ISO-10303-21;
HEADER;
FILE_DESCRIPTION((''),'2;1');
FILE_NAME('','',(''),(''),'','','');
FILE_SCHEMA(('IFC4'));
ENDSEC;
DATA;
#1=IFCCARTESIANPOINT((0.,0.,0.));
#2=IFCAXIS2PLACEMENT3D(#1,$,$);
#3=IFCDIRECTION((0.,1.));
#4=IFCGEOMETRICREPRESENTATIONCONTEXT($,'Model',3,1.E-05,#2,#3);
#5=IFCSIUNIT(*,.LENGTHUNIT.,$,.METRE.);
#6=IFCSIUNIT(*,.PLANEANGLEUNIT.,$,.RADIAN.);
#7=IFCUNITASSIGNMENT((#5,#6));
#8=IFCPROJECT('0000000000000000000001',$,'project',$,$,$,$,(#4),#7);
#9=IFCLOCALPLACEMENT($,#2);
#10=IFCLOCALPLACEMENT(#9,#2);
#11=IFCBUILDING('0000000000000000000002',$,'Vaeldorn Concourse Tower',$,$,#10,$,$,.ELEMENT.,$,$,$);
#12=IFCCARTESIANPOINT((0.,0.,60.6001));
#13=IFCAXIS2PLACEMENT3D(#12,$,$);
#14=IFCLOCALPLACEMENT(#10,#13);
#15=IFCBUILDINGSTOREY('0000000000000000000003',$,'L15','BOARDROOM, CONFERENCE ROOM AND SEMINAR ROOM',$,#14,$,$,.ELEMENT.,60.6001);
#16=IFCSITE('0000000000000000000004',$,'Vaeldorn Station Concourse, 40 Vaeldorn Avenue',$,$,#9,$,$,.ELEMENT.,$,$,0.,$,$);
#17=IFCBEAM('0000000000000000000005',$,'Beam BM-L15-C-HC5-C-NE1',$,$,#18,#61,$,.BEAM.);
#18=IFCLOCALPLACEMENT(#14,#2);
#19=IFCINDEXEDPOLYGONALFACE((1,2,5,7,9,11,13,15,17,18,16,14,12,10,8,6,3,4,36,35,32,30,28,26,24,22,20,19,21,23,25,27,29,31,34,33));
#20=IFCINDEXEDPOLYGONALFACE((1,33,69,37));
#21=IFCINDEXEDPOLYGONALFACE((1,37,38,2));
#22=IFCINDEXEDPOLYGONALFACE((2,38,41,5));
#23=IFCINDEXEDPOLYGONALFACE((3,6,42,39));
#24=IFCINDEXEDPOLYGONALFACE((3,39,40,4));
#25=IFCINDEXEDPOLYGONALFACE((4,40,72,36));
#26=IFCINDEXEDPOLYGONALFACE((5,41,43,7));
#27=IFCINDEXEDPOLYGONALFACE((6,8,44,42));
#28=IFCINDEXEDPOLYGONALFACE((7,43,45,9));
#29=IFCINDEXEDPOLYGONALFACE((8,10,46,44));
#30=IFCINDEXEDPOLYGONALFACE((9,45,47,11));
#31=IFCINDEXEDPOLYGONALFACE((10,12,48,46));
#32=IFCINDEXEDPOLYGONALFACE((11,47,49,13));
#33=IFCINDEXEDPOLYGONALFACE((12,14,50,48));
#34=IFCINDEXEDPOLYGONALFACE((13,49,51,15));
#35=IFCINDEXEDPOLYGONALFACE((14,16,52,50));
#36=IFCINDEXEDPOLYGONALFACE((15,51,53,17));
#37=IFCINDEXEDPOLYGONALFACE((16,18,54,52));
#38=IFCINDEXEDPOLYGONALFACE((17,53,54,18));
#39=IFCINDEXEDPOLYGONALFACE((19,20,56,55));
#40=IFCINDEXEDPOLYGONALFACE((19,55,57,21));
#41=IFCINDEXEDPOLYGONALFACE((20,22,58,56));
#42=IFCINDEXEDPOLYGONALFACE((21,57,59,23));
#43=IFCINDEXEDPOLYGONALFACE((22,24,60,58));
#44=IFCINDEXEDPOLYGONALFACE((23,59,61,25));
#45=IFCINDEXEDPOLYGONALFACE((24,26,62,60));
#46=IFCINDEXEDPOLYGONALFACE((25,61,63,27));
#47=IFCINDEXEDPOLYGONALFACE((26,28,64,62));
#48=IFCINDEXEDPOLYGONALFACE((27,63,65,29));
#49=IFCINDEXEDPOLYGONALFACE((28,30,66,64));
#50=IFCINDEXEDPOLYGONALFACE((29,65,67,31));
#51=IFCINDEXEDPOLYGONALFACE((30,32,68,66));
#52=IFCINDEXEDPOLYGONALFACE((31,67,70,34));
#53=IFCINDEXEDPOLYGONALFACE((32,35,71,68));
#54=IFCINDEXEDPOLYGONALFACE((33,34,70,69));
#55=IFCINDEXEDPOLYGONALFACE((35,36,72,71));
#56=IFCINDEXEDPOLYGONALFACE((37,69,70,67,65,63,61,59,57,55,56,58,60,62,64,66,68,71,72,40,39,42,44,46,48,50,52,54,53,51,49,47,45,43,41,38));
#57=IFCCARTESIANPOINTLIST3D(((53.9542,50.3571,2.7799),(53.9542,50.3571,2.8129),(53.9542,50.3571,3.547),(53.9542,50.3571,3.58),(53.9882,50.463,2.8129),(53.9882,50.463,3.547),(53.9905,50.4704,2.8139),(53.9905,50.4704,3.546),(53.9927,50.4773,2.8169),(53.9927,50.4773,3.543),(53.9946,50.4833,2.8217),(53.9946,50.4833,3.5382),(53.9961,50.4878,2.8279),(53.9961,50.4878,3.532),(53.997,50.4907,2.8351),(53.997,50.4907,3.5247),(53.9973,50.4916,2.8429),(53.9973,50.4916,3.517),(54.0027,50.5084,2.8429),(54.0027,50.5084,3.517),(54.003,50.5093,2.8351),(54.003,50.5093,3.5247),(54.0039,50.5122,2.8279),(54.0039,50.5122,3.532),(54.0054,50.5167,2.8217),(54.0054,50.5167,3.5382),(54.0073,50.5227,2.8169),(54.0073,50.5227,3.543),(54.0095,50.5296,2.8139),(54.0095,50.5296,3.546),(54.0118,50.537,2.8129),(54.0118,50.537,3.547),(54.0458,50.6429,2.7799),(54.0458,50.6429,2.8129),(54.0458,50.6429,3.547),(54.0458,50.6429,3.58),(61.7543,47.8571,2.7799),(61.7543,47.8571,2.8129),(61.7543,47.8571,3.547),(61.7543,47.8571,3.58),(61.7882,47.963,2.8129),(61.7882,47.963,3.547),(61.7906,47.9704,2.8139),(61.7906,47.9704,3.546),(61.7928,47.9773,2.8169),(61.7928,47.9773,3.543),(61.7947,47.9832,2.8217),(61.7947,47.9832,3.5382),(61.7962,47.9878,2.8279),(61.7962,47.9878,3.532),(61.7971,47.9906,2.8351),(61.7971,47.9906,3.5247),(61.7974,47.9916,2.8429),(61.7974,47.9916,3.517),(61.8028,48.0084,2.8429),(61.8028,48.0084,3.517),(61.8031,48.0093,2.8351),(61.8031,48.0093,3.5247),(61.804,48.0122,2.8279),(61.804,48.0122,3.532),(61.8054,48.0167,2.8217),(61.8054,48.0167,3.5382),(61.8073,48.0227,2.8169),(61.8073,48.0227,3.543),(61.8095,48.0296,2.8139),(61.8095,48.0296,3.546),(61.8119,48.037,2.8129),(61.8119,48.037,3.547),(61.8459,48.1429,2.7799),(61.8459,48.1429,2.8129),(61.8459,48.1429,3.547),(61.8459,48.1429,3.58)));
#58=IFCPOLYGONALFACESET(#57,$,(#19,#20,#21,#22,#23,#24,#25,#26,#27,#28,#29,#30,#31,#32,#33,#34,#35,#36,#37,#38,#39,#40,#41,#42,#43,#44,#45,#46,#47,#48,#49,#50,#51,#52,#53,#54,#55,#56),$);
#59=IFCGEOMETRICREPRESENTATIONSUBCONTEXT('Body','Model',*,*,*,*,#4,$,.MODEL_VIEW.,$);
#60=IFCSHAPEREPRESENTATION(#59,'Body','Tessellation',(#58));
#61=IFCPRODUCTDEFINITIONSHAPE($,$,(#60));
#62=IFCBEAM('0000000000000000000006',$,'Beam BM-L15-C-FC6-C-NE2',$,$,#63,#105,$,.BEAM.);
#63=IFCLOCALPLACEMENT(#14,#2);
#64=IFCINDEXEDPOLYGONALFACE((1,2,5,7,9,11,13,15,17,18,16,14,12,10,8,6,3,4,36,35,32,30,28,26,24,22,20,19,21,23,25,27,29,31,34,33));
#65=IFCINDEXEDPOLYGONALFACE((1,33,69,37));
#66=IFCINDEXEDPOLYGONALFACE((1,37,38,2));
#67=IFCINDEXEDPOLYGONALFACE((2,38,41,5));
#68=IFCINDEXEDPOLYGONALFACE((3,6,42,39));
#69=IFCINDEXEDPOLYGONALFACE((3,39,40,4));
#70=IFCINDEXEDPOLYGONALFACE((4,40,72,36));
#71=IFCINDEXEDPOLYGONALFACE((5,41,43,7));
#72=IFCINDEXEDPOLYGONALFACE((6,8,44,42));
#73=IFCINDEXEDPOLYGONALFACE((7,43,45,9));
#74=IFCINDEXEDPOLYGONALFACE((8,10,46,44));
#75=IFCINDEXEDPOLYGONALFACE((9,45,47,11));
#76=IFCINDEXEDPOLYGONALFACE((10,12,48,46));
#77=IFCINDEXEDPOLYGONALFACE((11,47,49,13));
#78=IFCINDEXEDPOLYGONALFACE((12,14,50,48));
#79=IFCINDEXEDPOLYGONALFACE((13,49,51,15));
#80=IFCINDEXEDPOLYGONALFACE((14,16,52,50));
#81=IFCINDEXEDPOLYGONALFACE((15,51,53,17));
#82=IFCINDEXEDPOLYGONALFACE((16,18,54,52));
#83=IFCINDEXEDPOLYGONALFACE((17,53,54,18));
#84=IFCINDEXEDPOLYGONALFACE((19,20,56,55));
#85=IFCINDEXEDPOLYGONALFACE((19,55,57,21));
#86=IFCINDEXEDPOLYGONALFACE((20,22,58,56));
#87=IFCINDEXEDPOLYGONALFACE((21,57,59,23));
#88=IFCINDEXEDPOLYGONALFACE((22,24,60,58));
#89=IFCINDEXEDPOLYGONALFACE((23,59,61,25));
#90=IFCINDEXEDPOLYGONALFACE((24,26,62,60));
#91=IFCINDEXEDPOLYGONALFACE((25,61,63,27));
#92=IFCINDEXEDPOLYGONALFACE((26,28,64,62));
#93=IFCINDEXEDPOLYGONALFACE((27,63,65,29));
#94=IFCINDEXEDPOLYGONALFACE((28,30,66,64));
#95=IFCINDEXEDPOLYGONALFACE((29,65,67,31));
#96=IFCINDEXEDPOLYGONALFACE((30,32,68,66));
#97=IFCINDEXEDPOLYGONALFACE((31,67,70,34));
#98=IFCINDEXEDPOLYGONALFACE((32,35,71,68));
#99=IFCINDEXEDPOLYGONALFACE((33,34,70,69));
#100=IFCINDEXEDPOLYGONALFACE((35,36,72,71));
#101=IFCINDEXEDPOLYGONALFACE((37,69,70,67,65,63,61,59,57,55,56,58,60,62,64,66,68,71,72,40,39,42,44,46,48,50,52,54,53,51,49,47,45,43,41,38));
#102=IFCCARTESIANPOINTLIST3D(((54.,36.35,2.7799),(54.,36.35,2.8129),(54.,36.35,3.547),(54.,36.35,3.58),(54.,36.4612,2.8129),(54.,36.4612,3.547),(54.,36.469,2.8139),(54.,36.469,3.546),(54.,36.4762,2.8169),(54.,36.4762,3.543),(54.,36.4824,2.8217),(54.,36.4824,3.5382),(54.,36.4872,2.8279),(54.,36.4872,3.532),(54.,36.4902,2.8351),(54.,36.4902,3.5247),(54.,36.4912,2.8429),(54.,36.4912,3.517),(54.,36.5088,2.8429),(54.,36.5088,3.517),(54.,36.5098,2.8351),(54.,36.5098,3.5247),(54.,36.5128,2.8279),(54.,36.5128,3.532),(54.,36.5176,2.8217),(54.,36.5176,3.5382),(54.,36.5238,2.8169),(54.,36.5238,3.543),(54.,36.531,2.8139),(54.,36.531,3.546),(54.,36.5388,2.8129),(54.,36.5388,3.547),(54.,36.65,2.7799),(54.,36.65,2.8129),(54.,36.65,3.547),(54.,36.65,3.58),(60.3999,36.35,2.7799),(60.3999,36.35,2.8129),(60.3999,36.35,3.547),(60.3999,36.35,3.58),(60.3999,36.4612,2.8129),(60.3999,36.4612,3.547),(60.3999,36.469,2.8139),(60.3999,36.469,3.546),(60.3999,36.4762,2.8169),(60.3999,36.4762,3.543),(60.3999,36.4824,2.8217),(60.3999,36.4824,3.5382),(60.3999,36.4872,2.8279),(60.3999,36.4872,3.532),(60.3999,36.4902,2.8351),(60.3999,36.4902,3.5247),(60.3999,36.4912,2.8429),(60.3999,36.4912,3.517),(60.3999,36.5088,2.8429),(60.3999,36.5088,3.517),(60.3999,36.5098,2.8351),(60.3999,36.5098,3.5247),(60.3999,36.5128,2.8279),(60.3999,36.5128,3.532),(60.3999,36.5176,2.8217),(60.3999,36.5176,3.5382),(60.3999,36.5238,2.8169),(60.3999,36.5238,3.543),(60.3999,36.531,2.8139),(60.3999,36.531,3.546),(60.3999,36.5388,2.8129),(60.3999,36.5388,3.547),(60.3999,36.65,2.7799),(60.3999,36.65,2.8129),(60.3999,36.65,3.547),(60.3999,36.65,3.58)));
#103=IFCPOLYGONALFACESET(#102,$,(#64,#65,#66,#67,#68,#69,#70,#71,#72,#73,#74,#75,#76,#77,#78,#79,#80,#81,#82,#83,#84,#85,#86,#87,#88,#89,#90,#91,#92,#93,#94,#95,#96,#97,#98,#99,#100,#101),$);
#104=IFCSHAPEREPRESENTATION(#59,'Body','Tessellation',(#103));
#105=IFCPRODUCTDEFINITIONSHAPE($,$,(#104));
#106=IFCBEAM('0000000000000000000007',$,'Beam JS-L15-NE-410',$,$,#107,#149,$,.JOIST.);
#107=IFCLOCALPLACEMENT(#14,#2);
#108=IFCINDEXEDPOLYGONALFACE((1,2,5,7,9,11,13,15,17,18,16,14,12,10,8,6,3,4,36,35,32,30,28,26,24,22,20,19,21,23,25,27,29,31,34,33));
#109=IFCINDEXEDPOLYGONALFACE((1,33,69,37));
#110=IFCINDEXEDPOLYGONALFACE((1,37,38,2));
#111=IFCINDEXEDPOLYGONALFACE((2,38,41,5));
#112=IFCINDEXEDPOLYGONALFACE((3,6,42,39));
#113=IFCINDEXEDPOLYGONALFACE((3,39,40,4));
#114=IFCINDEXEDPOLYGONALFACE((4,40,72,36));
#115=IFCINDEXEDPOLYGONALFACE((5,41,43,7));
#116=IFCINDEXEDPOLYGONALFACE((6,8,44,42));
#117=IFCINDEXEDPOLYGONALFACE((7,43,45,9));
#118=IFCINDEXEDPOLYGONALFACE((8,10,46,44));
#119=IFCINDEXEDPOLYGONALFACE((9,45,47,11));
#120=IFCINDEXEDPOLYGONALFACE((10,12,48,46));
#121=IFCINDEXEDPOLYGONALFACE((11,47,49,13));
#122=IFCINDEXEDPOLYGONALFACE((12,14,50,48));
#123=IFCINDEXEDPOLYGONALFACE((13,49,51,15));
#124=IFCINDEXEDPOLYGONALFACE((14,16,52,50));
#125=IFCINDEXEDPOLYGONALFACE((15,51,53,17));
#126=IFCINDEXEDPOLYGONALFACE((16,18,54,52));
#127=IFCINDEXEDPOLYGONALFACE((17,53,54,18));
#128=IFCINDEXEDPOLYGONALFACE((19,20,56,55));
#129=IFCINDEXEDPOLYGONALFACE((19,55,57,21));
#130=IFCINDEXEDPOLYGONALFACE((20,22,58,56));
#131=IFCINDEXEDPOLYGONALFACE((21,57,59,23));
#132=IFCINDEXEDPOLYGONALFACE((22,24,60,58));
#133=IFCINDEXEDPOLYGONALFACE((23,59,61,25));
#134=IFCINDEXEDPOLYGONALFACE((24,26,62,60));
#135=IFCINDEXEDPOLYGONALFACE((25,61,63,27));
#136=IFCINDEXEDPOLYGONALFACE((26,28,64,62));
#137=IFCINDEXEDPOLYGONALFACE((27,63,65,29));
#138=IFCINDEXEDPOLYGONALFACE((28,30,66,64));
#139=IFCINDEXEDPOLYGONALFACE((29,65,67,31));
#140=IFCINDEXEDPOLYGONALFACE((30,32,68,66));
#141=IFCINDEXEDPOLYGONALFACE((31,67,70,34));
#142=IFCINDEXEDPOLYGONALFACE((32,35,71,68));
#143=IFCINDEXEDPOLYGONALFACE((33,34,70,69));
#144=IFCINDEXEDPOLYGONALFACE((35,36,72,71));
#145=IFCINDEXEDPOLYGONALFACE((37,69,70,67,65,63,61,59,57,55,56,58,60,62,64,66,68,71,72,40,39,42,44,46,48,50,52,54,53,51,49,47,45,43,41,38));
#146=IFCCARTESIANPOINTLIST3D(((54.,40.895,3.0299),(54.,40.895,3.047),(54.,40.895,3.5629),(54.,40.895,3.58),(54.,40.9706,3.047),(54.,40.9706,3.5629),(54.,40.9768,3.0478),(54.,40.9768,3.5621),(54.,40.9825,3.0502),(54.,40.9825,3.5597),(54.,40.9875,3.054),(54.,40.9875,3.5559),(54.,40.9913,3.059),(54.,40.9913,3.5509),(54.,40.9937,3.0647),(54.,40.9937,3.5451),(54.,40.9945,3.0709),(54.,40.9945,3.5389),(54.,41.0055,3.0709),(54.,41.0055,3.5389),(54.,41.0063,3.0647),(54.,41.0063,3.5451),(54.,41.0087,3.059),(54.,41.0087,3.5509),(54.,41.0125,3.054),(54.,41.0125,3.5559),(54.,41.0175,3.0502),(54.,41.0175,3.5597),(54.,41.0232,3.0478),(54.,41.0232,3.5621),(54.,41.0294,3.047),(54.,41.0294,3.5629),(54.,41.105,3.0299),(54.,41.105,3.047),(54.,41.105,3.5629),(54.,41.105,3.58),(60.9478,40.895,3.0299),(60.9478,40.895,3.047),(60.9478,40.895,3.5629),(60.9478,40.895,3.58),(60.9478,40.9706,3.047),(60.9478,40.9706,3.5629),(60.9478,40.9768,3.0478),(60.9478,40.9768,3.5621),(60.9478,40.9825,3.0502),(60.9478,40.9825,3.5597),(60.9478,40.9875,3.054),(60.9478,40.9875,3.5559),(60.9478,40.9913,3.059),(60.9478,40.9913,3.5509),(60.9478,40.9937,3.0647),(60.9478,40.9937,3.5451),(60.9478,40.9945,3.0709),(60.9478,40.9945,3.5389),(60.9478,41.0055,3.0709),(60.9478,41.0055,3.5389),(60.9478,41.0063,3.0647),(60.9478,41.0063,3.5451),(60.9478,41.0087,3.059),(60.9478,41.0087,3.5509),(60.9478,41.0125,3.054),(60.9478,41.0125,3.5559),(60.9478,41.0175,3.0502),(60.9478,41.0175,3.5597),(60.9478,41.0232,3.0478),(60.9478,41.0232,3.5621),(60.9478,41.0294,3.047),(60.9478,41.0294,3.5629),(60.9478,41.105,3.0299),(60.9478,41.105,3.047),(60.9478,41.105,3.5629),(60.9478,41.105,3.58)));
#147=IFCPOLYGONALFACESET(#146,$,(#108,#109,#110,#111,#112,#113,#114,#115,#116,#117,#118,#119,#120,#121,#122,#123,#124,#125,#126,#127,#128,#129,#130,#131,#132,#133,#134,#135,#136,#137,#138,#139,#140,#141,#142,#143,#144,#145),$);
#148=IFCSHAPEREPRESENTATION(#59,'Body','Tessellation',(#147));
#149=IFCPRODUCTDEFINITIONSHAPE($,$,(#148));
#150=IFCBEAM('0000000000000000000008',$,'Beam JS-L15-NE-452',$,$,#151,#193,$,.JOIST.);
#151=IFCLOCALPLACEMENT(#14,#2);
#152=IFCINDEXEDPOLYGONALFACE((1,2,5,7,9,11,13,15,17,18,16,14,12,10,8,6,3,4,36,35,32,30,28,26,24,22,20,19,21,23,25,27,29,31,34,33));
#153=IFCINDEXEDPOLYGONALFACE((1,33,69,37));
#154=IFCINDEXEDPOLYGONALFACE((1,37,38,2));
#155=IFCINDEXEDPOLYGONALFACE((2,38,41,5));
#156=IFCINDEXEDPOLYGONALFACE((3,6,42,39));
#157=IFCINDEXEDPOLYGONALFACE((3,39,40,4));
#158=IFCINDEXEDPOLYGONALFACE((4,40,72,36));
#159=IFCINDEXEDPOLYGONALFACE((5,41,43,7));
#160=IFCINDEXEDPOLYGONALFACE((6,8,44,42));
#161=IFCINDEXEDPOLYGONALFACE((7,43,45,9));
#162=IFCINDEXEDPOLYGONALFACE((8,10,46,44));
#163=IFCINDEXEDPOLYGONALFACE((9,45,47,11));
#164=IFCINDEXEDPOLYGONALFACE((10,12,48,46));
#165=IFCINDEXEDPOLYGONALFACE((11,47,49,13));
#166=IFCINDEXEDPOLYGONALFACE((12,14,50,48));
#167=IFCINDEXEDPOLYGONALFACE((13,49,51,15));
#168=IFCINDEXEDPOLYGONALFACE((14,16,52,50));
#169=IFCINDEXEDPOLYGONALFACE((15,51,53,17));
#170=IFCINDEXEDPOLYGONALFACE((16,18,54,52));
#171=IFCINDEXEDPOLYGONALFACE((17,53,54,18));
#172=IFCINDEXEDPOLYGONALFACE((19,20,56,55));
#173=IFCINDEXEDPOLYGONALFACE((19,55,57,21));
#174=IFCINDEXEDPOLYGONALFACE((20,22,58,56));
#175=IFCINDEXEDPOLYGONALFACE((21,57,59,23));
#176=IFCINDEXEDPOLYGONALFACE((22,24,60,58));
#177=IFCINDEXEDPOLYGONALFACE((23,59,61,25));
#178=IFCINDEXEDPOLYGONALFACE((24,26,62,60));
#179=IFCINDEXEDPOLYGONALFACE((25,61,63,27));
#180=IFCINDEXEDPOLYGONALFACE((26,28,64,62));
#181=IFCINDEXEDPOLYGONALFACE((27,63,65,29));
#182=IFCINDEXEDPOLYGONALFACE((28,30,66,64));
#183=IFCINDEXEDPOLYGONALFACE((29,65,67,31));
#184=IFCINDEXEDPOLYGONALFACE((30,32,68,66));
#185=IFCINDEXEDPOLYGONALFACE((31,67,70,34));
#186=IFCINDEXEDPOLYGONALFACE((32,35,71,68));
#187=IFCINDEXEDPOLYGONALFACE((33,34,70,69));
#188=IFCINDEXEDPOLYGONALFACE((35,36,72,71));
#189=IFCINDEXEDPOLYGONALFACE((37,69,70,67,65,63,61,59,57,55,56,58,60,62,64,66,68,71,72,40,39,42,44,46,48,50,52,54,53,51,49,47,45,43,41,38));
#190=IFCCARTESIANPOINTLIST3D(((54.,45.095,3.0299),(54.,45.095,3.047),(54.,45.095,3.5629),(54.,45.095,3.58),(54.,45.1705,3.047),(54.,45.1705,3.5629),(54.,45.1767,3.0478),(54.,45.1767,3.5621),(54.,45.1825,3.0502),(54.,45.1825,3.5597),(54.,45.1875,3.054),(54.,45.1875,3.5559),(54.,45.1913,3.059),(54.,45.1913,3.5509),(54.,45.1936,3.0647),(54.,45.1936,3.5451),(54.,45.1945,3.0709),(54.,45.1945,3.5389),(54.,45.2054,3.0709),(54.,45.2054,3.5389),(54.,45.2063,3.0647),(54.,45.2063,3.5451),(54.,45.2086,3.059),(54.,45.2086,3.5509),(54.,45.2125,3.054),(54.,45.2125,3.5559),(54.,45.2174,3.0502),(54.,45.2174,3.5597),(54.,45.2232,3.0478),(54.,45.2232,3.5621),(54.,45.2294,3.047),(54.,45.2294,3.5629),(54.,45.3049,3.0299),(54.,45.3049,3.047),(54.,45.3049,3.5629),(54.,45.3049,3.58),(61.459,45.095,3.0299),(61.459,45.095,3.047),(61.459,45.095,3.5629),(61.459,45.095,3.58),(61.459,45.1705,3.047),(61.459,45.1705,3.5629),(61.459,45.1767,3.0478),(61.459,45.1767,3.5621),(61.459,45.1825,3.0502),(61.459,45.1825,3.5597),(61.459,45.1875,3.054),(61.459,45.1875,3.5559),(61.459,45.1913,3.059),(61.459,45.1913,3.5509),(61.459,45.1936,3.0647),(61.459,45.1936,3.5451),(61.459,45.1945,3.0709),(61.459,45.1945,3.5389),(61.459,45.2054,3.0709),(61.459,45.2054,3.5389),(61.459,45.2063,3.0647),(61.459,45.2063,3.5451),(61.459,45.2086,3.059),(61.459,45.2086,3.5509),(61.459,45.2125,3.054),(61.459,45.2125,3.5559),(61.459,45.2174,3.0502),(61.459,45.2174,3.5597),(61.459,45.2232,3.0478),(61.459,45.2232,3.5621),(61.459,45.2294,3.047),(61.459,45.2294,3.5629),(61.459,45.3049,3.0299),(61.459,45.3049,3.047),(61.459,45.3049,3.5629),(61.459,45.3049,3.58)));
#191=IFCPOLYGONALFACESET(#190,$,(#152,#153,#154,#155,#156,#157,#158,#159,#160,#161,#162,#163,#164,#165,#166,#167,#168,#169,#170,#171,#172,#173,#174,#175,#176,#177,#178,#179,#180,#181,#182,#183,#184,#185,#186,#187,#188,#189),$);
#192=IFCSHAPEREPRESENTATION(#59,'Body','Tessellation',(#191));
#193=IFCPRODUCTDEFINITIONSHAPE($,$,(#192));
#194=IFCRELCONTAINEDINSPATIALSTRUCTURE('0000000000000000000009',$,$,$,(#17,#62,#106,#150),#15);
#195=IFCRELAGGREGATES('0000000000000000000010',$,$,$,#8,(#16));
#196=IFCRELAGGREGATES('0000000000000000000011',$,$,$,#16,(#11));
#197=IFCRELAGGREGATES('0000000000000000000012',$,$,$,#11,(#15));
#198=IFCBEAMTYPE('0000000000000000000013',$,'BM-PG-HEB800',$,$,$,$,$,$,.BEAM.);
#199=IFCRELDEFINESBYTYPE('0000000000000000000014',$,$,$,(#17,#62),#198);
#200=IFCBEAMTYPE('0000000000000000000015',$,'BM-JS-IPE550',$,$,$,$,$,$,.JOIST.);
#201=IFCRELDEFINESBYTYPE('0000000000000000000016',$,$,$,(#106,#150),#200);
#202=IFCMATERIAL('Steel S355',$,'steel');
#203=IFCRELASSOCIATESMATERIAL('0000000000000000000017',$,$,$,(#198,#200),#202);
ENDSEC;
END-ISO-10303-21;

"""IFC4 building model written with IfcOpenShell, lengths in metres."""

from ifc_helpers import new_model, si_unit, direction, frame, origin, origin_2d, place, context, subcontext, project, spatial, i_section, extrude, source, transform, mapped, material, material_profile, profile_set, type_object, element, save


model = new_model("IFC4")

# Units and contexts
model_context = context("Model", 3, precision=1e-05, world=origin(), true_north=direction((0.0, 1.0)))
body_context = subcontext(model_context, "Body", "Model", "MODEL_VIEW")
ifc_project = project(units=[si_unit("LENGTHUNIT", "METRE"), si_unit("PLANEANGLEUNIT", "RADIAN")], contexts=[model_context])

# Site, building, storey
site_placement = place(None, origin())
site = spatial("IfcSite", under=ifc_project, at=site_placement, Name="Vaeldorn Station Concourse, 40 Vaeldorn Avenue", CompositionType="ELEMENT", RefElevation=0.0)
building_placement = place(site_placement, origin())
building = spatial("IfcBuilding", under=site, at=building_placement, Name="Vaeldorn Concourse Tower", CompositionType="ELEMENT")
storey_placement = place(building_placement, frame((0.0, 0.0, 60.6001)))
storey = spatial("IfcBuildingStorey", under=building, at=storey_placement, Name="L15", Description="BOARDROOM, CONFERENCE ROOM AND SEMINAR ROOM", CompositionType="ELEMENT", Elevation=60.6001)

# Beams
ifc_material_1 = material(Name="Steel S355", Category="steel")
ifc_material_profile_1 = material_profile(ifc_material_1, i_section(OverallWidth=0.3, OverallDepth=0.8, WebThickness=0.0176, FlangeThickness=0.033, FilletRadius=0.03, at=origin_2d()), Name="HEB 800")
ifc_profile_set_1 = profile_set([ifc_material_profile_1], Name="Steel S355")
beam_type_1 = type_object("IfcBeamType", Name="BM-PG-HEB800", PredefinedType="BEAM", material=ifc_profile_set_1)
shared_shape_1 = source(origin(), body_context, "Body", "SweptSolid", [
    extrude(i_section(OverallWidth=0.3, OverallDepth=0.8, WebThickness=0.0176, FlangeThickness=0.033, FilletRadius=0.03, at=origin_2d()), origin(), (0.0, 0.0, 1.0), 8.1909),
])
beam_1_placement = place(storey_placement, frame((54.0, 50.5, 3.1799), z_axis=(0.952283, -0.305217, 0.0), x_axis=(0.305217, 0.952283, 0.0)))
element("IfcBeam", 1, at=beam_1_placement, inside=storey, type_object=beam_type_1, Name="Beam BM-L15-C-HC5-C-NE1", PredefinedType="BEAM", context=body_context, shape_type="MappedRepresentation", body=[
    mapped(shared_shape_1, transform((0.0, 0.0, 0.0), scale=1.0)),
])
shared_shape_2 = source(origin(), body_context, "Body", "SweptSolid", [
    extrude(i_section(OverallWidth=0.3, OverallDepth=0.8, WebThickness=0.0176, FlangeThickness=0.033, FilletRadius=0.03, at=origin_2d()), origin(), (0.0, 0.0, 1.0), 6.3999),
])
beam_2_placement = place(storey_placement, frame((54.0, 36.5, 3.1799), z_axis=(1.0, 0.0, 0.0), x_axis=(0.0, 1.0, 0.0)))
element("IfcBeam", 2, at=beam_2_placement, inside=storey, type_object=beam_type_1, Name="Beam BM-L15-C-FC6-C-NE2", PredefinedType="BEAM", context=body_context, shape_type="MappedRepresentation", body=[
    mapped(shared_shape_2, transform((0.0, 0.0, 0.0), scale=1.0)),
])
ifc_material_profile_2 = material_profile(ifc_material_1, i_section(OverallWidth=0.21, OverallDepth=0.55, WebThickness=0.011, FlangeThickness=0.0171, FilletRadius=0.0239, at=origin_2d()), Name="IPE 550")
ifc_profile_set_2 = profile_set([ifc_material_profile_2], Name="Steel S355")
beam_type_2 = type_object("IfcBeamType", Name="BM-JS-IPE550", PredefinedType="JOIST", material=ifc_profile_set_2)
shared_shape_3 = source(origin(), body_context, "Body", "SweptSolid", [
    extrude(i_section(OverallWidth=0.21, OverallDepth=0.55, WebThickness=0.011, FlangeThickness=0.0171, FilletRadius=0.0239, at=origin_2d()), origin(), (0.0, 0.0, 1.0), 6.9478),
])
beam_3_placement = place(storey_placement, frame((54.0, 41.0, 3.3049), z_axis=(1.0, 0.0, 0.0), x_axis=(0.0, 1.0, 0.0)))
element("IfcBeam", 3, at=beam_3_placement, inside=storey, type_object=beam_type_2, Name="Beam JS-L15-NE-410", PredefinedType="JOIST", context=body_context, shape_type="MappedRepresentation", body=[
    mapped(shared_shape_3, transform((0.0, 0.0, 0.0), scale=1.0)),
])
shared_shape_4 = source(origin(), body_context, "Body", "SweptSolid", [
    extrude(i_section(OverallWidth=0.21, OverallDepth=0.55, WebThickness=0.011, FlangeThickness=0.0171, FilletRadius=0.0239, at=origin_2d()), origin(), (0.0, 0.0, 1.0), 7.459),
])
beam_4_placement = place(storey_placement, frame((54.0, 45.2, 3.3049), z_axis=(1.0, 0.0, 0.0), x_axis=(0.0, 1.0, 0.0)))
element("IfcBeam", 4, at=beam_4_placement, inside=storey, type_object=beam_type_2, Name="Beam JS-L15-NE-452", PredefinedType="JOIST", context=body_context, shape_type="MappedRepresentation", body=[
    mapped(shared_shape_4, transform((0.0, 0.0, 0.0), scale=1.0)),
])

save(model, "model.ifc")
